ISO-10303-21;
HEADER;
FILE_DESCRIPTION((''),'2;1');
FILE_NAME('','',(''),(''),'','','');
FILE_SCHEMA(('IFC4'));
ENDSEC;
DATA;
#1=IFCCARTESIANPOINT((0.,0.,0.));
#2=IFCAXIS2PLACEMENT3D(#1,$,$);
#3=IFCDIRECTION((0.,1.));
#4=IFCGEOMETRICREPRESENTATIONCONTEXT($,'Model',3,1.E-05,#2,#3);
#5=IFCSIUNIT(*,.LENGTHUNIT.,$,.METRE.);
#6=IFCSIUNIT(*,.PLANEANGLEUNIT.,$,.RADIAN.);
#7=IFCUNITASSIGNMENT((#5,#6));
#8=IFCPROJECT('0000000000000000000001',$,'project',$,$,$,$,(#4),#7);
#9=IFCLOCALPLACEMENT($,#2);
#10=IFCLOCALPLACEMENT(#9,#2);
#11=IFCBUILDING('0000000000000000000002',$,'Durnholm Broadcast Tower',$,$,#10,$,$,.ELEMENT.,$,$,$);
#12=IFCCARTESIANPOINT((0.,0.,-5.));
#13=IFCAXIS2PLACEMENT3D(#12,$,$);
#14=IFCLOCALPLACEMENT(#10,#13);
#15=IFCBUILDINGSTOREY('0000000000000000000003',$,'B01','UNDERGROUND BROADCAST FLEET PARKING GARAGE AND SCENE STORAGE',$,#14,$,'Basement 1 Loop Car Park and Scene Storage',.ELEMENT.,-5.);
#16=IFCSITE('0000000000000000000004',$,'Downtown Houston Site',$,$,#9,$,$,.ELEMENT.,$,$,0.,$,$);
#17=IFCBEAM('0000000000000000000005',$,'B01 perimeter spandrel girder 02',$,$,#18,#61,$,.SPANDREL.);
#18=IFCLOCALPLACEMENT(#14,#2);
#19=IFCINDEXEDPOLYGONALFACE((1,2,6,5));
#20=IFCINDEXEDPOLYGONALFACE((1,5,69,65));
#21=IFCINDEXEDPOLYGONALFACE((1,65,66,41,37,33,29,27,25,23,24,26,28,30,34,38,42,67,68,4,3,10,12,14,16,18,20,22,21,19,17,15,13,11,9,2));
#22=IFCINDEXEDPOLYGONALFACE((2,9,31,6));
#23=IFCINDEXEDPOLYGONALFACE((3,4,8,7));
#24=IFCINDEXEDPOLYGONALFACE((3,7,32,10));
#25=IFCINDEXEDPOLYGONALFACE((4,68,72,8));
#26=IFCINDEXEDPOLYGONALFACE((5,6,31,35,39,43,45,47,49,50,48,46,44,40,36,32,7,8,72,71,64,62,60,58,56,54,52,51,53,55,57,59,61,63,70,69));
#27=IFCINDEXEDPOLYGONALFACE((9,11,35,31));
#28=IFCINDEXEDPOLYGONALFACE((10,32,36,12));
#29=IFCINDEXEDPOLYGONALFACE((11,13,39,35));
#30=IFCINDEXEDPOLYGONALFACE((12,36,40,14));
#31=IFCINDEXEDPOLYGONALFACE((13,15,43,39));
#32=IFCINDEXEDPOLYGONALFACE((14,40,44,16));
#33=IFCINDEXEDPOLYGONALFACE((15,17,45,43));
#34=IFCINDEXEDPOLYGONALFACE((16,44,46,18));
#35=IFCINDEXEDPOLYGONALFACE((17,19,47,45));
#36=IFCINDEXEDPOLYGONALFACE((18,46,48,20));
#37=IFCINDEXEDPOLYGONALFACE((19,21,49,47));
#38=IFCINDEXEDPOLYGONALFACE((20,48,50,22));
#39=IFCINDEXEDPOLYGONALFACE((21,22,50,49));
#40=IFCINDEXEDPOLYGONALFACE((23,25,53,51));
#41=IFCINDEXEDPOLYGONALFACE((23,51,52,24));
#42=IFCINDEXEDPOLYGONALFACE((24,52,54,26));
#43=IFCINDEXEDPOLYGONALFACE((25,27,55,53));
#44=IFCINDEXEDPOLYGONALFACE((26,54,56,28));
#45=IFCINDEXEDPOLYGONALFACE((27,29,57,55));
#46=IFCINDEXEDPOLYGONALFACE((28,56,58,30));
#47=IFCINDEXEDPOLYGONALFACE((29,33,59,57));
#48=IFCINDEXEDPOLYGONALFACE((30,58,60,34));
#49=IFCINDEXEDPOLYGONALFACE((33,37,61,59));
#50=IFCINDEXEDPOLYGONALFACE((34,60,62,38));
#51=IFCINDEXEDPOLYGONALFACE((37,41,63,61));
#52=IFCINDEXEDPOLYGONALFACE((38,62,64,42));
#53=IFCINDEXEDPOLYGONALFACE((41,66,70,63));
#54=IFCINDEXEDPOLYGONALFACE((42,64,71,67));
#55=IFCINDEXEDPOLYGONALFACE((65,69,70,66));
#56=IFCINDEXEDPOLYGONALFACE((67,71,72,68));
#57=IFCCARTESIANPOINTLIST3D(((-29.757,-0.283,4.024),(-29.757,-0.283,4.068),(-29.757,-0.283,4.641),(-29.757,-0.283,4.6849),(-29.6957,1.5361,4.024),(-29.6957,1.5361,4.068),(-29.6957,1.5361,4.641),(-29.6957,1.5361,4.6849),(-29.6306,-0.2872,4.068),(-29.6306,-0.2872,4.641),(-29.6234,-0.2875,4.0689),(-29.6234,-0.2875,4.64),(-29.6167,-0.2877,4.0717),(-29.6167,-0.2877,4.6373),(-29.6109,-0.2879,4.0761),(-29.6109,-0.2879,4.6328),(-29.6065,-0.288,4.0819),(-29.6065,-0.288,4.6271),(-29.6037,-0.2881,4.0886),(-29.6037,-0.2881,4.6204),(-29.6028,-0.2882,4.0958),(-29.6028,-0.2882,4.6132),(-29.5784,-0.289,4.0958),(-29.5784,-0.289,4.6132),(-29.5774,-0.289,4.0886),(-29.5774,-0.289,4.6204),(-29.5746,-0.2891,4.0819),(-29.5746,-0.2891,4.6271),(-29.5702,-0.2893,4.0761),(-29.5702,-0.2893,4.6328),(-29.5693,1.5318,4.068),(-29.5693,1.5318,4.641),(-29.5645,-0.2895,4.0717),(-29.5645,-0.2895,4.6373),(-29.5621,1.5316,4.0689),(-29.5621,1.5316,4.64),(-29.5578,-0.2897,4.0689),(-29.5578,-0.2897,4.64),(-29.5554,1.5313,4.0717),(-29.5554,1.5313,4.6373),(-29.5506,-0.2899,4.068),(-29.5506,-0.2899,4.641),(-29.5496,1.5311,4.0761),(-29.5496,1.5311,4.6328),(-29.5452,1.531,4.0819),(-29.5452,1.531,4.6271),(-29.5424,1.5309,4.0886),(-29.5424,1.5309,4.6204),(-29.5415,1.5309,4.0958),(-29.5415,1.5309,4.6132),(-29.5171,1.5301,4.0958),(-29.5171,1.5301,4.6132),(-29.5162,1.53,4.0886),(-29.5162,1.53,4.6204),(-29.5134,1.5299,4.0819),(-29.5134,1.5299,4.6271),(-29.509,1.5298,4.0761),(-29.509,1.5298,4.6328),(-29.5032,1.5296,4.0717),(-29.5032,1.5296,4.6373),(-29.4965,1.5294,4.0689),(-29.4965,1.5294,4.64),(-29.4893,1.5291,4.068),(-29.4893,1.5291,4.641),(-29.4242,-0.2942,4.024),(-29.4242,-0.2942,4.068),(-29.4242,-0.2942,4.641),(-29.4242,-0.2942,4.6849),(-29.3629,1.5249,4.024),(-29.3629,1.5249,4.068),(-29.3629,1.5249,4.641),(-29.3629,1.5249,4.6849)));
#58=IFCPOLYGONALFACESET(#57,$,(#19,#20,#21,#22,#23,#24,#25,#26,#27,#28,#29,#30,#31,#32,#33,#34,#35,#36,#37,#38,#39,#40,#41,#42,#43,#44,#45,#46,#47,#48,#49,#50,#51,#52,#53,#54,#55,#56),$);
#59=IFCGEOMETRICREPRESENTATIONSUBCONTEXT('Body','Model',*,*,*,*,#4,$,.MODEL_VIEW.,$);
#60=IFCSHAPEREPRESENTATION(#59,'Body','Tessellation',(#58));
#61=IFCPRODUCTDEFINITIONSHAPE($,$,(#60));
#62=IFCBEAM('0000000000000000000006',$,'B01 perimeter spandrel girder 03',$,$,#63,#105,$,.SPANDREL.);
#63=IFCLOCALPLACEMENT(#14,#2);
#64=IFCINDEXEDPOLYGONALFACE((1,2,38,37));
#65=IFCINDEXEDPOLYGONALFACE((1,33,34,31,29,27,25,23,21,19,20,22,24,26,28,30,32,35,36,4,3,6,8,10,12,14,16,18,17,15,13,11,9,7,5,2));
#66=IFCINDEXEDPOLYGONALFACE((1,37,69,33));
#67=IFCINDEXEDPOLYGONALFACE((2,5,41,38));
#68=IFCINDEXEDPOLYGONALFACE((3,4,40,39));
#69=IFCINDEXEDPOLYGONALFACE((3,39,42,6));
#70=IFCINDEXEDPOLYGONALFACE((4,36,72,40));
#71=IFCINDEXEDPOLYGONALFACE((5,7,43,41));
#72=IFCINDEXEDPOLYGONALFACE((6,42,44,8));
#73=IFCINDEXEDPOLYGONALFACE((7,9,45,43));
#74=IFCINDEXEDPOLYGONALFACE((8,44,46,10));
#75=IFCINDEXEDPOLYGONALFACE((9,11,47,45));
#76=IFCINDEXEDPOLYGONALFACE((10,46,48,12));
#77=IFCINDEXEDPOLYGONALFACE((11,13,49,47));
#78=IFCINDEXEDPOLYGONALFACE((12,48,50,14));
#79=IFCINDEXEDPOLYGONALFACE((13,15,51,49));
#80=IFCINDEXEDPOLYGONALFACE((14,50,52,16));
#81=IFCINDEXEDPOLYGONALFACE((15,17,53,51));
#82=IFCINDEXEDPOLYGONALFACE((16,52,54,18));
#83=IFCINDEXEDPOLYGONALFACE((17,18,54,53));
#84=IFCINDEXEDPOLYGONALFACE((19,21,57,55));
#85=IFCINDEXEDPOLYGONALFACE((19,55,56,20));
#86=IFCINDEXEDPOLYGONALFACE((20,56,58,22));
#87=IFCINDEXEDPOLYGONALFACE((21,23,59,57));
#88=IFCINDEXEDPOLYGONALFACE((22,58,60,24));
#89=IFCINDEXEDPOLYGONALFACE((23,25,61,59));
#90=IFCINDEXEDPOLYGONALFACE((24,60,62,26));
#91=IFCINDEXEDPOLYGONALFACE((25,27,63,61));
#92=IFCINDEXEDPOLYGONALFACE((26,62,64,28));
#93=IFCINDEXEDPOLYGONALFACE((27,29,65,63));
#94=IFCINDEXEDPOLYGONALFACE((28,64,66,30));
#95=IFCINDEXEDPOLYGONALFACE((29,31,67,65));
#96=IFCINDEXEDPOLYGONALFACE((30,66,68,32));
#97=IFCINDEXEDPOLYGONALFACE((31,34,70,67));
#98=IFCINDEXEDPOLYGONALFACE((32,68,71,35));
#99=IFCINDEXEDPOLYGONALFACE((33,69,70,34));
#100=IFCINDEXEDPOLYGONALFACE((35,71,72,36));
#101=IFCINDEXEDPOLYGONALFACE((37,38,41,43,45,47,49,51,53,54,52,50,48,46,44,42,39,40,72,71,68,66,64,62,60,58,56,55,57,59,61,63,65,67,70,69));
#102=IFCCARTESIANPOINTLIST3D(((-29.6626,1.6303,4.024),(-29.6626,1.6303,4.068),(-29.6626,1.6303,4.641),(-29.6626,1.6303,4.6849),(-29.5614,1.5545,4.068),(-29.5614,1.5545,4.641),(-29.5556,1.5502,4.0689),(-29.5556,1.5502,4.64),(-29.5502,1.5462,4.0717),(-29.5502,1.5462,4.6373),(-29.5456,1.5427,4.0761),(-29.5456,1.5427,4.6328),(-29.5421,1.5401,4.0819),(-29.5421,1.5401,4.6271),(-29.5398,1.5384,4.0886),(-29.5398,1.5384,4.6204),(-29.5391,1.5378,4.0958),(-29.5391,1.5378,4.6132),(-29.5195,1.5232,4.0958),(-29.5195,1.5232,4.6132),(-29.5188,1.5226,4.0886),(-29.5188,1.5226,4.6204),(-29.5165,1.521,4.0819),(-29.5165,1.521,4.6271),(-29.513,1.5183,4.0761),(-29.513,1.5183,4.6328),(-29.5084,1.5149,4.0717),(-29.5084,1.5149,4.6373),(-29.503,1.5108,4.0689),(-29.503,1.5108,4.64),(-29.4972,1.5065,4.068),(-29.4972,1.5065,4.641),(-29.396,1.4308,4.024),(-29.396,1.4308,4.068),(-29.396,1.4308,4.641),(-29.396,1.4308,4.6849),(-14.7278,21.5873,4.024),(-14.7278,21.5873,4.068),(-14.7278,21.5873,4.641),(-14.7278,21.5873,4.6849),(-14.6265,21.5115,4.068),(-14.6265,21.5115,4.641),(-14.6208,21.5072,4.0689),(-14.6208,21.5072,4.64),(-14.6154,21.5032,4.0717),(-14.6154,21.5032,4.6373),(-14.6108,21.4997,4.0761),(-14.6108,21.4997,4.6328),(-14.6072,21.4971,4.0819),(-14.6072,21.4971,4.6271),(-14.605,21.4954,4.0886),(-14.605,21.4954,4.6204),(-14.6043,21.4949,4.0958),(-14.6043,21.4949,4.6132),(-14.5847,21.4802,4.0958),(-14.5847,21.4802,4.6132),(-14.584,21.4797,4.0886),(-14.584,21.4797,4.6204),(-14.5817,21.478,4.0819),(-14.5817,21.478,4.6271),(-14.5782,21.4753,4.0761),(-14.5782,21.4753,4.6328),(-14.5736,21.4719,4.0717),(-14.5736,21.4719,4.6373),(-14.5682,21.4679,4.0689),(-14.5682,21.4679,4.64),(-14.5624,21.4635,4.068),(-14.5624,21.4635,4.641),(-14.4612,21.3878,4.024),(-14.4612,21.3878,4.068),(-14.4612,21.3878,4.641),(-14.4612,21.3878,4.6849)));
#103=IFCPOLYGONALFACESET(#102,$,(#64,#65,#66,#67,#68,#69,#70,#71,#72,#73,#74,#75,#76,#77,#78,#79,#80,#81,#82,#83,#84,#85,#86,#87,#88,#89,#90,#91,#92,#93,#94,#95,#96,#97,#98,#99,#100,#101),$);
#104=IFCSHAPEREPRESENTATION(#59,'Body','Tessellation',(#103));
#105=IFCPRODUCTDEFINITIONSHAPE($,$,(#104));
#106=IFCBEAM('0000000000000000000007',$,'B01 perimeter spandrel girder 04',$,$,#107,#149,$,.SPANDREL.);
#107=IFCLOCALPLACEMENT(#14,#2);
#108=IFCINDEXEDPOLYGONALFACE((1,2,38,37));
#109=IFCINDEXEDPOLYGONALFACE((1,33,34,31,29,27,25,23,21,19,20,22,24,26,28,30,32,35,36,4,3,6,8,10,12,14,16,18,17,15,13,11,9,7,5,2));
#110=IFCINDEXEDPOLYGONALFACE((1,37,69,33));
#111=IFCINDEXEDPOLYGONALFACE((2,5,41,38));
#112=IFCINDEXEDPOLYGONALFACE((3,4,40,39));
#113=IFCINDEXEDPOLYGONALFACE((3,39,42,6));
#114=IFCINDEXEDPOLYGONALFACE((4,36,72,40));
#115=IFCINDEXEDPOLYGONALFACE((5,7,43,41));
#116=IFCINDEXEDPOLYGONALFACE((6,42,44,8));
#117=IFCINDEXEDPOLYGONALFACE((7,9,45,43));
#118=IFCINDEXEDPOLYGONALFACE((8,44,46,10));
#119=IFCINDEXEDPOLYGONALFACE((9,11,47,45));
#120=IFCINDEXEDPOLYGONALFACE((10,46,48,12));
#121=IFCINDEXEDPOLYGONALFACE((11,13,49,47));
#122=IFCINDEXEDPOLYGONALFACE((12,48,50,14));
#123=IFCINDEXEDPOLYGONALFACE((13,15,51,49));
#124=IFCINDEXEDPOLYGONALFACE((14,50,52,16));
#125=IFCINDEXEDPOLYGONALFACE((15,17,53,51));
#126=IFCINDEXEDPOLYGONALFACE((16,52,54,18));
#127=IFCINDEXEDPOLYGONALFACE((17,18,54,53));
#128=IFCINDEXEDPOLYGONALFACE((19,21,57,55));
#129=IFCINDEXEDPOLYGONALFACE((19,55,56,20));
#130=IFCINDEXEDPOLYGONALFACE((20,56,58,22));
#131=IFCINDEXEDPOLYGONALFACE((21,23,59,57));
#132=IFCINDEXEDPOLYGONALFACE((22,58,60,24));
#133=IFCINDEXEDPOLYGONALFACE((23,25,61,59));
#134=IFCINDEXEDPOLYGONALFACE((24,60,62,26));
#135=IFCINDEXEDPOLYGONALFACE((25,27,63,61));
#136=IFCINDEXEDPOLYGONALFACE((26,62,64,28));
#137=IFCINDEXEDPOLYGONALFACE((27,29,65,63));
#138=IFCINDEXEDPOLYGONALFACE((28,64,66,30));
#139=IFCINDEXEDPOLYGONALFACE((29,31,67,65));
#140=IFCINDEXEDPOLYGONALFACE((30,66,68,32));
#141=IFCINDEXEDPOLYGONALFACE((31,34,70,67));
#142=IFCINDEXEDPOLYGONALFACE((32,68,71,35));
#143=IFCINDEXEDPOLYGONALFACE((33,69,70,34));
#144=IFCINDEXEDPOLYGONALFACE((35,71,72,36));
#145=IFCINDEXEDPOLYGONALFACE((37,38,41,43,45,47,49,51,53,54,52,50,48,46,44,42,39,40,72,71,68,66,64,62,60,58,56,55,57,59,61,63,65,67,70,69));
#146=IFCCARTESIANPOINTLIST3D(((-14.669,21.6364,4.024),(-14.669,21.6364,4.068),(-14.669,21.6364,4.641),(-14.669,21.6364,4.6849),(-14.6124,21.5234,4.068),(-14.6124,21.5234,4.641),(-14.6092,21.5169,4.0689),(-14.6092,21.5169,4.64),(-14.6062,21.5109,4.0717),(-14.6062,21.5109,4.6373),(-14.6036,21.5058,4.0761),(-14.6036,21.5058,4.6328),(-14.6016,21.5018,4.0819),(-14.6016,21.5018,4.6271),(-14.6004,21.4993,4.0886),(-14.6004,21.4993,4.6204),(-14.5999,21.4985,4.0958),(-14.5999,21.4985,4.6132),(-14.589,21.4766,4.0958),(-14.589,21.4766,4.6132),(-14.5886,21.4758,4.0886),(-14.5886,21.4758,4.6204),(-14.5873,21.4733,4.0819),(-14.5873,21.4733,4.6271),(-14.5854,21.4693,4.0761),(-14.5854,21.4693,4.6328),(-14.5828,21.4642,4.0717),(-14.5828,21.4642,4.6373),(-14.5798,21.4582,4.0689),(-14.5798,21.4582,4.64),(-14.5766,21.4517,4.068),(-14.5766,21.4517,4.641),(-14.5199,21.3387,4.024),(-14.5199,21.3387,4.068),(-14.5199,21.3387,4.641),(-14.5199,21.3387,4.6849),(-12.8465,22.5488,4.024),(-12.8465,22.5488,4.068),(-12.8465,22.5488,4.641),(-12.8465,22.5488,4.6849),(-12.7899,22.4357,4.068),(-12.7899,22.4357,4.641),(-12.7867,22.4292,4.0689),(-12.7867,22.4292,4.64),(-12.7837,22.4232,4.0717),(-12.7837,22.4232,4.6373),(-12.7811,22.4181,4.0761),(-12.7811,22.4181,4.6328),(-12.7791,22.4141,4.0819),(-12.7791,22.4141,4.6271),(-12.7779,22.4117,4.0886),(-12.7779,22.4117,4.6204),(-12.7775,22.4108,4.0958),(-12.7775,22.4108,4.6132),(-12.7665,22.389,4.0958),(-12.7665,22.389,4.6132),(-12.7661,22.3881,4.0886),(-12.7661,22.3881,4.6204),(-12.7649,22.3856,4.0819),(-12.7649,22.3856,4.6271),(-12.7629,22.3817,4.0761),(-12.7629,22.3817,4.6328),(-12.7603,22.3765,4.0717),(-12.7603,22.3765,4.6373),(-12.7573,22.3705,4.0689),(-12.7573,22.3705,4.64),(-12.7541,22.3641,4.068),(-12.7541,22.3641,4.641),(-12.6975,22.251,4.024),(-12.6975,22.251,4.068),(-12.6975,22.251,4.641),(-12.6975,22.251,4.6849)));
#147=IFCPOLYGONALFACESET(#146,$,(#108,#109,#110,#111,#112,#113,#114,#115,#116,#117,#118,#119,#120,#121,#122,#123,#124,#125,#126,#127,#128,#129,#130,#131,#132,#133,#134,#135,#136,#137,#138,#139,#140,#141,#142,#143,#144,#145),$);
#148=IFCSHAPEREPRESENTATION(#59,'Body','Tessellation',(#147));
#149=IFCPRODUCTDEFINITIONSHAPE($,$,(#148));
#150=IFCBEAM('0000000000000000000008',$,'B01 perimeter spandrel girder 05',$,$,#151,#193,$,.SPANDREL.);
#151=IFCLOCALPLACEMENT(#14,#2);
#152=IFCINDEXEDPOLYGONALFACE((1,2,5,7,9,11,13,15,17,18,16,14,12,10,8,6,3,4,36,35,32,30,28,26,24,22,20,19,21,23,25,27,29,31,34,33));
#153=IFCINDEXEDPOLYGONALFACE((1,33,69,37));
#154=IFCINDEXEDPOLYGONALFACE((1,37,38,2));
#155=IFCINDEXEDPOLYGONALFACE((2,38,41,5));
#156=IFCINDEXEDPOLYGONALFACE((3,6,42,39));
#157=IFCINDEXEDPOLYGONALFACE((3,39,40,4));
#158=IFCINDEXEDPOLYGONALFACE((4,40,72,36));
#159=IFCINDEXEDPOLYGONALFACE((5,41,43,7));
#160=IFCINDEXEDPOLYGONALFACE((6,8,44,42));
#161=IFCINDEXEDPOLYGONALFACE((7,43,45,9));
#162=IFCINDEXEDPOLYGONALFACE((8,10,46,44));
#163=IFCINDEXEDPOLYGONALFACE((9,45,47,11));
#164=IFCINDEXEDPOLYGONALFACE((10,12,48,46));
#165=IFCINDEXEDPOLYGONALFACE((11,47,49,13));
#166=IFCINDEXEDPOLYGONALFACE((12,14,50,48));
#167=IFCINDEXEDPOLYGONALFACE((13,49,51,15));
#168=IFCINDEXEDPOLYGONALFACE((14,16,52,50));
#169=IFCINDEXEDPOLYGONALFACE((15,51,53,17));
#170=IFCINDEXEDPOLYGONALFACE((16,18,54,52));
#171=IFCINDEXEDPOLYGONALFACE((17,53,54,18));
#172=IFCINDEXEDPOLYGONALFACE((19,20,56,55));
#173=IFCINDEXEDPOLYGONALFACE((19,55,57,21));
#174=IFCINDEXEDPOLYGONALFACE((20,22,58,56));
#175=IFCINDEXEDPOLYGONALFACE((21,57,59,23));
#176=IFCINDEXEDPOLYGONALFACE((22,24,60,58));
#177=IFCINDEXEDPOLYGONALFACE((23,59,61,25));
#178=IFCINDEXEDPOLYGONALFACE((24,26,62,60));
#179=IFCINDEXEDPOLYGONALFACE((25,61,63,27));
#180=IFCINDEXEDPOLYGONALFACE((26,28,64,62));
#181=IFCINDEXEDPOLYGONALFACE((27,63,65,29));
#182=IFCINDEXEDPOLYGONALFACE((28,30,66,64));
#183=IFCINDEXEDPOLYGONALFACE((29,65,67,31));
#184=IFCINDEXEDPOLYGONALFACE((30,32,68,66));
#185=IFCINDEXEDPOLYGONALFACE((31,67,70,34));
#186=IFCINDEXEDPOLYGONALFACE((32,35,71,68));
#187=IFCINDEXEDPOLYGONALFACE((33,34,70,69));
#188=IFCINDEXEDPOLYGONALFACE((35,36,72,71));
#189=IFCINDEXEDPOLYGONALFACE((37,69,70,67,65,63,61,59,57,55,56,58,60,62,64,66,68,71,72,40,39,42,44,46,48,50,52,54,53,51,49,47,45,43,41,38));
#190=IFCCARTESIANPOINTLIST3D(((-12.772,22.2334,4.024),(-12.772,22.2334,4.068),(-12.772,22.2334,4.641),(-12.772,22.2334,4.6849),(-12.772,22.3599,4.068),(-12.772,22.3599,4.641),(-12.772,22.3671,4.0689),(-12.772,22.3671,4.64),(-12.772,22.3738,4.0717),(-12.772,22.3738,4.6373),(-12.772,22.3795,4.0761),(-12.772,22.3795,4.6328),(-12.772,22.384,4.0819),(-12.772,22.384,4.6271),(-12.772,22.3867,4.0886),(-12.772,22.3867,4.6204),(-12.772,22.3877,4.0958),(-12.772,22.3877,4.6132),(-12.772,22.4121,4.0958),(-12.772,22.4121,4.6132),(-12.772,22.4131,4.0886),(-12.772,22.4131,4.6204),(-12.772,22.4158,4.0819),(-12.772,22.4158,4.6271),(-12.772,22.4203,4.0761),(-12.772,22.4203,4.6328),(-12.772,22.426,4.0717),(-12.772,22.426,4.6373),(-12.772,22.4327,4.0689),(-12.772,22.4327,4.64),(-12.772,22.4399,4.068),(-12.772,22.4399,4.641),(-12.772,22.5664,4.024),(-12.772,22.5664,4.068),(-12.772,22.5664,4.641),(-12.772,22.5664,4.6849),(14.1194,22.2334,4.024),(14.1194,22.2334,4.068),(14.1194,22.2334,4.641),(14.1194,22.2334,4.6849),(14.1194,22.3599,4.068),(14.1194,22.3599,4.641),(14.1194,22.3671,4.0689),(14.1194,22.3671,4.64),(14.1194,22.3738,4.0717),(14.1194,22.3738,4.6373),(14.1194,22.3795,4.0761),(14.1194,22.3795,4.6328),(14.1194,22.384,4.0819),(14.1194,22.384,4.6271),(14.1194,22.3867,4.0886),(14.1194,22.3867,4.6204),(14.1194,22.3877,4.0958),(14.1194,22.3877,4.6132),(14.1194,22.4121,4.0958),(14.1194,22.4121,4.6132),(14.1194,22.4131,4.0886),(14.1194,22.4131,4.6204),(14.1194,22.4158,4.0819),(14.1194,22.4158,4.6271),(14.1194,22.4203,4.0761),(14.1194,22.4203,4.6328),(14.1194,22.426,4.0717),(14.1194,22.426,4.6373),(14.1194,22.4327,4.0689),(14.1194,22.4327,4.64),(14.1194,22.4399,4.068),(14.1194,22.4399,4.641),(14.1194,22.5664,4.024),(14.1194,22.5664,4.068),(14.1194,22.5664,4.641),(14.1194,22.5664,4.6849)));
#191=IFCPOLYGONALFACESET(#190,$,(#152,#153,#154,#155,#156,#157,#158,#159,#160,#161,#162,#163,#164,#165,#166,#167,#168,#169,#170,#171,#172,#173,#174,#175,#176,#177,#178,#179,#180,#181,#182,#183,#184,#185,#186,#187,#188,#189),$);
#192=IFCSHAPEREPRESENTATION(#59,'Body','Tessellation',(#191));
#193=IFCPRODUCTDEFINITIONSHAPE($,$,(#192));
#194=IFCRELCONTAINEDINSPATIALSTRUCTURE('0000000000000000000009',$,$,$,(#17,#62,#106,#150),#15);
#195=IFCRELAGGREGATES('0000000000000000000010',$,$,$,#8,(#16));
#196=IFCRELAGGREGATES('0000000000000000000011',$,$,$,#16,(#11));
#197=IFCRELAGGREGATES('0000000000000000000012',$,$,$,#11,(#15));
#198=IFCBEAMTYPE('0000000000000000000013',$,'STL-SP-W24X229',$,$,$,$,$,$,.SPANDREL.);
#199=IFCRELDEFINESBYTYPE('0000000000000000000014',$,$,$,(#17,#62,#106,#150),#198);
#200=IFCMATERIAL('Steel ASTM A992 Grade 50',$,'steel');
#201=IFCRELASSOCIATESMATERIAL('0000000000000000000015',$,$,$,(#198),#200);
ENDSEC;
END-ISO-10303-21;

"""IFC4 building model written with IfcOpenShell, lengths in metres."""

from ifc_helpers import new_model, si_unit, direction, frame, origin, origin_2d, place, context, subcontext, project, spatial, i_section, extrude, source, transform, mapped, material, material_profile, profile_set, type_object, type_shapes, element, save


model = new_model("IFC4")

# Units and contexts
model_context = context("Model", 3, precision=1e-05, world=origin(), true_north=direction((0.0, 1.0)))
body_context = subcontext(model_context, "Body", "Model", "MODEL_VIEW")
ifc_project = project(units=[si_unit("LENGTHUNIT", "METRE"), si_unit("PLANEANGLEUNIT", "RADIAN")], contexts=[model_context])

# Site, building, storey
site_placement = place(None, origin())
site = spatial("IfcSite", under=ifc_project, at=site_placement, Name="Downtown Houston Site", CompositionType="ELEMENT", RefElevation=0.0)
building_placement = place(site_placement, origin())
building = spatial("IfcBuilding", under=site, at=building_placement, Name="Durnholm Broadcast Tower", CompositionType="ELEMENT")
storey_placement = place(building_placement, frame((0.0, 0.0, -5.0)))
storey = spatial("IfcBuildingStorey", under=building, at=storey_placement, Name="B01", Description="UNDERGROUND BROADCAST FLEET PARKING GARAGE AND SCENE STORAGE", LongName="Basement 1 Loop Car Park and Scene Storage", CompositionType="ELEMENT", Elevation=-5.0)

# Beams
ifc_material_1 = material(Name="Steel ASTM A992 Grade 50", Category="steel")
ifc_material_profile_1 = material_profile(ifc_material_1, i_section(OverallWidth=0.333, OverallDepth=0.6609, WebThickness=0.0244, FlangeThickness=0.0439, FilletRadius=0.0278, at=origin_2d()), Name="W24X229")
ifc_profile_set_1 = profile_set([ifc_material_profile_1], Name="Steel ASTM A992 Grade 50")
beam_type = type_object("IfcBeamType", Name="STL-SP-W24X229", PredefinedType="SPANDREL", material=ifc_profile_set_1)
shared_shape_1 = source(origin(), body_context, "Body", "SweptSolid", [
    extrude(i_section(OverallWidth=0.333, OverallDepth=0.6609, WebThickness=0.0244, FlangeThickness=0.0439, FilletRadius=0.0278, at=origin_2d()), origin(), (0.0, 0.0, 1.0), 1.8201),
])
beam_1_placement = place(storey_placement, frame((-29.5906, -0.2886, 4.3545), z_axis=(0.033668, 0.999433, 0.0), x_axis=(-0.999433, 0.033668, 0.0)))
element("IfcBeam", 1, at=beam_1_placement, inside=storey, type_object=beam_type, Name="B01 perimeter spandrel girder 02", PredefinedType="SPANDREL", context=body_context, shape_type="MappedRepresentation", body=[
    mapped(shared_shape_1, transform((0.0, 0.0, 0.0), x_axis=(1.0, 0.0, 0.0), y_axis=(0.0, 1.0, 0.0), z_axis=(0.0, 0.0, 1.0), scale=1.0)),
])
shared_shape_2 = source(origin(), body_context, "Body", "SweptSolid", [
    extrude(i_section(OverallWidth=0.333, OverallDepth=0.6609, WebThickness=0.0244, FlangeThickness=0.0439, FilletRadius=0.0278, at=origin_2d()), origin(), (0.0, 0.0, 1.0), 24.9265),
])
beam_2_placement = place(storey_placement, frame((-29.5293, 1.5305, 4.3545), z_axis=(0.599153, 0.800634, 0.0), x_axis=(-0.800634, 0.599153, 0.0)))
element("IfcBeam", 2, at=beam_2_placement, inside=storey, type_object=beam_type, Name="B01 perimeter spandrel girder 03", PredefinedType="SPANDREL", context=body_context, shape_type="MappedRepresentation", body=[
    mapped(shared_shape_2, transform((0.0, 0.0, 0.0), x_axis=(1.0, 0.0, 0.0), y_axis=(0.0, 1.0, 0.0), z_axis=(0.0, 0.0, 1.0), scale=1.0)),
])
shared_shape_3 = source(origin(), body_context, "Body", "SweptSolid", [
    extrude(i_section(OverallWidth=0.333, OverallDepth=0.6609, WebThickness=0.0244, FlangeThickness=0.0439, FilletRadius=0.0278, at=origin_2d()), origin(), (0.0, 0.0, 1.0), 2.0381),
])
beam_3_placement = place(storey_placement, frame((-14.5945, 21.4875, 4.3545), z_axis=(0.894211, 0.447645, 0.0), x_axis=(-0.447645, 0.894211, 0.0)))
element("IfcBeam", 3, at=beam_3_placement, inside=storey, type_object=beam_type, Name="B01 perimeter spandrel girder 04", PredefinedType="SPANDREL", context=body_context, shape_type="MappedRepresentation", body=[
    mapped(shared_shape_3, transform((0.0, 0.0, 0.0), x_axis=(1.0, 0.0, 0.0), y_axis=(0.0, 1.0, 0.0), z_axis=(0.0, 0.0, 1.0), scale=1.0)),
])
shared_shape_4 = source(origin(), body_context, "Body", "SweptSolid", [
    extrude(i_section(OverallWidth=0.333, OverallDepth=0.6609, WebThickness=0.0244, FlangeThickness=0.0439, FilletRadius=0.0278, at=origin_2d()), origin(), (0.0, 0.0, 1.0), 26.8914),
])
type_shapes(beam_type, [shared_shape_1, shared_shape_2, shared_shape_3, shared_shape_4])
beam_4_placement = place(storey_placement, frame((-12.772, 22.3999, 4.3545), z_axis=(1.0, 0.0, 0.0), x_axis=(0.0, 1.0, 0.0)))
element("IfcBeam", 4, at=beam_4_placement, inside=storey, type_object=beam_type, Name="B01 perimeter spandrel girder 05", PredefinedType="SPANDREL", context=body_context, shape_type="MappedRepresentation", body=[
    mapped(shared_shape_4, transform((0.0, 0.0, 0.0), x_axis=(1.0, 0.0, 0.0), y_axis=(0.0, 1.0, 0.0), z_axis=(0.0, 0.0, 1.0), scale=1.0)),
])

save(model, "model.ifc")
